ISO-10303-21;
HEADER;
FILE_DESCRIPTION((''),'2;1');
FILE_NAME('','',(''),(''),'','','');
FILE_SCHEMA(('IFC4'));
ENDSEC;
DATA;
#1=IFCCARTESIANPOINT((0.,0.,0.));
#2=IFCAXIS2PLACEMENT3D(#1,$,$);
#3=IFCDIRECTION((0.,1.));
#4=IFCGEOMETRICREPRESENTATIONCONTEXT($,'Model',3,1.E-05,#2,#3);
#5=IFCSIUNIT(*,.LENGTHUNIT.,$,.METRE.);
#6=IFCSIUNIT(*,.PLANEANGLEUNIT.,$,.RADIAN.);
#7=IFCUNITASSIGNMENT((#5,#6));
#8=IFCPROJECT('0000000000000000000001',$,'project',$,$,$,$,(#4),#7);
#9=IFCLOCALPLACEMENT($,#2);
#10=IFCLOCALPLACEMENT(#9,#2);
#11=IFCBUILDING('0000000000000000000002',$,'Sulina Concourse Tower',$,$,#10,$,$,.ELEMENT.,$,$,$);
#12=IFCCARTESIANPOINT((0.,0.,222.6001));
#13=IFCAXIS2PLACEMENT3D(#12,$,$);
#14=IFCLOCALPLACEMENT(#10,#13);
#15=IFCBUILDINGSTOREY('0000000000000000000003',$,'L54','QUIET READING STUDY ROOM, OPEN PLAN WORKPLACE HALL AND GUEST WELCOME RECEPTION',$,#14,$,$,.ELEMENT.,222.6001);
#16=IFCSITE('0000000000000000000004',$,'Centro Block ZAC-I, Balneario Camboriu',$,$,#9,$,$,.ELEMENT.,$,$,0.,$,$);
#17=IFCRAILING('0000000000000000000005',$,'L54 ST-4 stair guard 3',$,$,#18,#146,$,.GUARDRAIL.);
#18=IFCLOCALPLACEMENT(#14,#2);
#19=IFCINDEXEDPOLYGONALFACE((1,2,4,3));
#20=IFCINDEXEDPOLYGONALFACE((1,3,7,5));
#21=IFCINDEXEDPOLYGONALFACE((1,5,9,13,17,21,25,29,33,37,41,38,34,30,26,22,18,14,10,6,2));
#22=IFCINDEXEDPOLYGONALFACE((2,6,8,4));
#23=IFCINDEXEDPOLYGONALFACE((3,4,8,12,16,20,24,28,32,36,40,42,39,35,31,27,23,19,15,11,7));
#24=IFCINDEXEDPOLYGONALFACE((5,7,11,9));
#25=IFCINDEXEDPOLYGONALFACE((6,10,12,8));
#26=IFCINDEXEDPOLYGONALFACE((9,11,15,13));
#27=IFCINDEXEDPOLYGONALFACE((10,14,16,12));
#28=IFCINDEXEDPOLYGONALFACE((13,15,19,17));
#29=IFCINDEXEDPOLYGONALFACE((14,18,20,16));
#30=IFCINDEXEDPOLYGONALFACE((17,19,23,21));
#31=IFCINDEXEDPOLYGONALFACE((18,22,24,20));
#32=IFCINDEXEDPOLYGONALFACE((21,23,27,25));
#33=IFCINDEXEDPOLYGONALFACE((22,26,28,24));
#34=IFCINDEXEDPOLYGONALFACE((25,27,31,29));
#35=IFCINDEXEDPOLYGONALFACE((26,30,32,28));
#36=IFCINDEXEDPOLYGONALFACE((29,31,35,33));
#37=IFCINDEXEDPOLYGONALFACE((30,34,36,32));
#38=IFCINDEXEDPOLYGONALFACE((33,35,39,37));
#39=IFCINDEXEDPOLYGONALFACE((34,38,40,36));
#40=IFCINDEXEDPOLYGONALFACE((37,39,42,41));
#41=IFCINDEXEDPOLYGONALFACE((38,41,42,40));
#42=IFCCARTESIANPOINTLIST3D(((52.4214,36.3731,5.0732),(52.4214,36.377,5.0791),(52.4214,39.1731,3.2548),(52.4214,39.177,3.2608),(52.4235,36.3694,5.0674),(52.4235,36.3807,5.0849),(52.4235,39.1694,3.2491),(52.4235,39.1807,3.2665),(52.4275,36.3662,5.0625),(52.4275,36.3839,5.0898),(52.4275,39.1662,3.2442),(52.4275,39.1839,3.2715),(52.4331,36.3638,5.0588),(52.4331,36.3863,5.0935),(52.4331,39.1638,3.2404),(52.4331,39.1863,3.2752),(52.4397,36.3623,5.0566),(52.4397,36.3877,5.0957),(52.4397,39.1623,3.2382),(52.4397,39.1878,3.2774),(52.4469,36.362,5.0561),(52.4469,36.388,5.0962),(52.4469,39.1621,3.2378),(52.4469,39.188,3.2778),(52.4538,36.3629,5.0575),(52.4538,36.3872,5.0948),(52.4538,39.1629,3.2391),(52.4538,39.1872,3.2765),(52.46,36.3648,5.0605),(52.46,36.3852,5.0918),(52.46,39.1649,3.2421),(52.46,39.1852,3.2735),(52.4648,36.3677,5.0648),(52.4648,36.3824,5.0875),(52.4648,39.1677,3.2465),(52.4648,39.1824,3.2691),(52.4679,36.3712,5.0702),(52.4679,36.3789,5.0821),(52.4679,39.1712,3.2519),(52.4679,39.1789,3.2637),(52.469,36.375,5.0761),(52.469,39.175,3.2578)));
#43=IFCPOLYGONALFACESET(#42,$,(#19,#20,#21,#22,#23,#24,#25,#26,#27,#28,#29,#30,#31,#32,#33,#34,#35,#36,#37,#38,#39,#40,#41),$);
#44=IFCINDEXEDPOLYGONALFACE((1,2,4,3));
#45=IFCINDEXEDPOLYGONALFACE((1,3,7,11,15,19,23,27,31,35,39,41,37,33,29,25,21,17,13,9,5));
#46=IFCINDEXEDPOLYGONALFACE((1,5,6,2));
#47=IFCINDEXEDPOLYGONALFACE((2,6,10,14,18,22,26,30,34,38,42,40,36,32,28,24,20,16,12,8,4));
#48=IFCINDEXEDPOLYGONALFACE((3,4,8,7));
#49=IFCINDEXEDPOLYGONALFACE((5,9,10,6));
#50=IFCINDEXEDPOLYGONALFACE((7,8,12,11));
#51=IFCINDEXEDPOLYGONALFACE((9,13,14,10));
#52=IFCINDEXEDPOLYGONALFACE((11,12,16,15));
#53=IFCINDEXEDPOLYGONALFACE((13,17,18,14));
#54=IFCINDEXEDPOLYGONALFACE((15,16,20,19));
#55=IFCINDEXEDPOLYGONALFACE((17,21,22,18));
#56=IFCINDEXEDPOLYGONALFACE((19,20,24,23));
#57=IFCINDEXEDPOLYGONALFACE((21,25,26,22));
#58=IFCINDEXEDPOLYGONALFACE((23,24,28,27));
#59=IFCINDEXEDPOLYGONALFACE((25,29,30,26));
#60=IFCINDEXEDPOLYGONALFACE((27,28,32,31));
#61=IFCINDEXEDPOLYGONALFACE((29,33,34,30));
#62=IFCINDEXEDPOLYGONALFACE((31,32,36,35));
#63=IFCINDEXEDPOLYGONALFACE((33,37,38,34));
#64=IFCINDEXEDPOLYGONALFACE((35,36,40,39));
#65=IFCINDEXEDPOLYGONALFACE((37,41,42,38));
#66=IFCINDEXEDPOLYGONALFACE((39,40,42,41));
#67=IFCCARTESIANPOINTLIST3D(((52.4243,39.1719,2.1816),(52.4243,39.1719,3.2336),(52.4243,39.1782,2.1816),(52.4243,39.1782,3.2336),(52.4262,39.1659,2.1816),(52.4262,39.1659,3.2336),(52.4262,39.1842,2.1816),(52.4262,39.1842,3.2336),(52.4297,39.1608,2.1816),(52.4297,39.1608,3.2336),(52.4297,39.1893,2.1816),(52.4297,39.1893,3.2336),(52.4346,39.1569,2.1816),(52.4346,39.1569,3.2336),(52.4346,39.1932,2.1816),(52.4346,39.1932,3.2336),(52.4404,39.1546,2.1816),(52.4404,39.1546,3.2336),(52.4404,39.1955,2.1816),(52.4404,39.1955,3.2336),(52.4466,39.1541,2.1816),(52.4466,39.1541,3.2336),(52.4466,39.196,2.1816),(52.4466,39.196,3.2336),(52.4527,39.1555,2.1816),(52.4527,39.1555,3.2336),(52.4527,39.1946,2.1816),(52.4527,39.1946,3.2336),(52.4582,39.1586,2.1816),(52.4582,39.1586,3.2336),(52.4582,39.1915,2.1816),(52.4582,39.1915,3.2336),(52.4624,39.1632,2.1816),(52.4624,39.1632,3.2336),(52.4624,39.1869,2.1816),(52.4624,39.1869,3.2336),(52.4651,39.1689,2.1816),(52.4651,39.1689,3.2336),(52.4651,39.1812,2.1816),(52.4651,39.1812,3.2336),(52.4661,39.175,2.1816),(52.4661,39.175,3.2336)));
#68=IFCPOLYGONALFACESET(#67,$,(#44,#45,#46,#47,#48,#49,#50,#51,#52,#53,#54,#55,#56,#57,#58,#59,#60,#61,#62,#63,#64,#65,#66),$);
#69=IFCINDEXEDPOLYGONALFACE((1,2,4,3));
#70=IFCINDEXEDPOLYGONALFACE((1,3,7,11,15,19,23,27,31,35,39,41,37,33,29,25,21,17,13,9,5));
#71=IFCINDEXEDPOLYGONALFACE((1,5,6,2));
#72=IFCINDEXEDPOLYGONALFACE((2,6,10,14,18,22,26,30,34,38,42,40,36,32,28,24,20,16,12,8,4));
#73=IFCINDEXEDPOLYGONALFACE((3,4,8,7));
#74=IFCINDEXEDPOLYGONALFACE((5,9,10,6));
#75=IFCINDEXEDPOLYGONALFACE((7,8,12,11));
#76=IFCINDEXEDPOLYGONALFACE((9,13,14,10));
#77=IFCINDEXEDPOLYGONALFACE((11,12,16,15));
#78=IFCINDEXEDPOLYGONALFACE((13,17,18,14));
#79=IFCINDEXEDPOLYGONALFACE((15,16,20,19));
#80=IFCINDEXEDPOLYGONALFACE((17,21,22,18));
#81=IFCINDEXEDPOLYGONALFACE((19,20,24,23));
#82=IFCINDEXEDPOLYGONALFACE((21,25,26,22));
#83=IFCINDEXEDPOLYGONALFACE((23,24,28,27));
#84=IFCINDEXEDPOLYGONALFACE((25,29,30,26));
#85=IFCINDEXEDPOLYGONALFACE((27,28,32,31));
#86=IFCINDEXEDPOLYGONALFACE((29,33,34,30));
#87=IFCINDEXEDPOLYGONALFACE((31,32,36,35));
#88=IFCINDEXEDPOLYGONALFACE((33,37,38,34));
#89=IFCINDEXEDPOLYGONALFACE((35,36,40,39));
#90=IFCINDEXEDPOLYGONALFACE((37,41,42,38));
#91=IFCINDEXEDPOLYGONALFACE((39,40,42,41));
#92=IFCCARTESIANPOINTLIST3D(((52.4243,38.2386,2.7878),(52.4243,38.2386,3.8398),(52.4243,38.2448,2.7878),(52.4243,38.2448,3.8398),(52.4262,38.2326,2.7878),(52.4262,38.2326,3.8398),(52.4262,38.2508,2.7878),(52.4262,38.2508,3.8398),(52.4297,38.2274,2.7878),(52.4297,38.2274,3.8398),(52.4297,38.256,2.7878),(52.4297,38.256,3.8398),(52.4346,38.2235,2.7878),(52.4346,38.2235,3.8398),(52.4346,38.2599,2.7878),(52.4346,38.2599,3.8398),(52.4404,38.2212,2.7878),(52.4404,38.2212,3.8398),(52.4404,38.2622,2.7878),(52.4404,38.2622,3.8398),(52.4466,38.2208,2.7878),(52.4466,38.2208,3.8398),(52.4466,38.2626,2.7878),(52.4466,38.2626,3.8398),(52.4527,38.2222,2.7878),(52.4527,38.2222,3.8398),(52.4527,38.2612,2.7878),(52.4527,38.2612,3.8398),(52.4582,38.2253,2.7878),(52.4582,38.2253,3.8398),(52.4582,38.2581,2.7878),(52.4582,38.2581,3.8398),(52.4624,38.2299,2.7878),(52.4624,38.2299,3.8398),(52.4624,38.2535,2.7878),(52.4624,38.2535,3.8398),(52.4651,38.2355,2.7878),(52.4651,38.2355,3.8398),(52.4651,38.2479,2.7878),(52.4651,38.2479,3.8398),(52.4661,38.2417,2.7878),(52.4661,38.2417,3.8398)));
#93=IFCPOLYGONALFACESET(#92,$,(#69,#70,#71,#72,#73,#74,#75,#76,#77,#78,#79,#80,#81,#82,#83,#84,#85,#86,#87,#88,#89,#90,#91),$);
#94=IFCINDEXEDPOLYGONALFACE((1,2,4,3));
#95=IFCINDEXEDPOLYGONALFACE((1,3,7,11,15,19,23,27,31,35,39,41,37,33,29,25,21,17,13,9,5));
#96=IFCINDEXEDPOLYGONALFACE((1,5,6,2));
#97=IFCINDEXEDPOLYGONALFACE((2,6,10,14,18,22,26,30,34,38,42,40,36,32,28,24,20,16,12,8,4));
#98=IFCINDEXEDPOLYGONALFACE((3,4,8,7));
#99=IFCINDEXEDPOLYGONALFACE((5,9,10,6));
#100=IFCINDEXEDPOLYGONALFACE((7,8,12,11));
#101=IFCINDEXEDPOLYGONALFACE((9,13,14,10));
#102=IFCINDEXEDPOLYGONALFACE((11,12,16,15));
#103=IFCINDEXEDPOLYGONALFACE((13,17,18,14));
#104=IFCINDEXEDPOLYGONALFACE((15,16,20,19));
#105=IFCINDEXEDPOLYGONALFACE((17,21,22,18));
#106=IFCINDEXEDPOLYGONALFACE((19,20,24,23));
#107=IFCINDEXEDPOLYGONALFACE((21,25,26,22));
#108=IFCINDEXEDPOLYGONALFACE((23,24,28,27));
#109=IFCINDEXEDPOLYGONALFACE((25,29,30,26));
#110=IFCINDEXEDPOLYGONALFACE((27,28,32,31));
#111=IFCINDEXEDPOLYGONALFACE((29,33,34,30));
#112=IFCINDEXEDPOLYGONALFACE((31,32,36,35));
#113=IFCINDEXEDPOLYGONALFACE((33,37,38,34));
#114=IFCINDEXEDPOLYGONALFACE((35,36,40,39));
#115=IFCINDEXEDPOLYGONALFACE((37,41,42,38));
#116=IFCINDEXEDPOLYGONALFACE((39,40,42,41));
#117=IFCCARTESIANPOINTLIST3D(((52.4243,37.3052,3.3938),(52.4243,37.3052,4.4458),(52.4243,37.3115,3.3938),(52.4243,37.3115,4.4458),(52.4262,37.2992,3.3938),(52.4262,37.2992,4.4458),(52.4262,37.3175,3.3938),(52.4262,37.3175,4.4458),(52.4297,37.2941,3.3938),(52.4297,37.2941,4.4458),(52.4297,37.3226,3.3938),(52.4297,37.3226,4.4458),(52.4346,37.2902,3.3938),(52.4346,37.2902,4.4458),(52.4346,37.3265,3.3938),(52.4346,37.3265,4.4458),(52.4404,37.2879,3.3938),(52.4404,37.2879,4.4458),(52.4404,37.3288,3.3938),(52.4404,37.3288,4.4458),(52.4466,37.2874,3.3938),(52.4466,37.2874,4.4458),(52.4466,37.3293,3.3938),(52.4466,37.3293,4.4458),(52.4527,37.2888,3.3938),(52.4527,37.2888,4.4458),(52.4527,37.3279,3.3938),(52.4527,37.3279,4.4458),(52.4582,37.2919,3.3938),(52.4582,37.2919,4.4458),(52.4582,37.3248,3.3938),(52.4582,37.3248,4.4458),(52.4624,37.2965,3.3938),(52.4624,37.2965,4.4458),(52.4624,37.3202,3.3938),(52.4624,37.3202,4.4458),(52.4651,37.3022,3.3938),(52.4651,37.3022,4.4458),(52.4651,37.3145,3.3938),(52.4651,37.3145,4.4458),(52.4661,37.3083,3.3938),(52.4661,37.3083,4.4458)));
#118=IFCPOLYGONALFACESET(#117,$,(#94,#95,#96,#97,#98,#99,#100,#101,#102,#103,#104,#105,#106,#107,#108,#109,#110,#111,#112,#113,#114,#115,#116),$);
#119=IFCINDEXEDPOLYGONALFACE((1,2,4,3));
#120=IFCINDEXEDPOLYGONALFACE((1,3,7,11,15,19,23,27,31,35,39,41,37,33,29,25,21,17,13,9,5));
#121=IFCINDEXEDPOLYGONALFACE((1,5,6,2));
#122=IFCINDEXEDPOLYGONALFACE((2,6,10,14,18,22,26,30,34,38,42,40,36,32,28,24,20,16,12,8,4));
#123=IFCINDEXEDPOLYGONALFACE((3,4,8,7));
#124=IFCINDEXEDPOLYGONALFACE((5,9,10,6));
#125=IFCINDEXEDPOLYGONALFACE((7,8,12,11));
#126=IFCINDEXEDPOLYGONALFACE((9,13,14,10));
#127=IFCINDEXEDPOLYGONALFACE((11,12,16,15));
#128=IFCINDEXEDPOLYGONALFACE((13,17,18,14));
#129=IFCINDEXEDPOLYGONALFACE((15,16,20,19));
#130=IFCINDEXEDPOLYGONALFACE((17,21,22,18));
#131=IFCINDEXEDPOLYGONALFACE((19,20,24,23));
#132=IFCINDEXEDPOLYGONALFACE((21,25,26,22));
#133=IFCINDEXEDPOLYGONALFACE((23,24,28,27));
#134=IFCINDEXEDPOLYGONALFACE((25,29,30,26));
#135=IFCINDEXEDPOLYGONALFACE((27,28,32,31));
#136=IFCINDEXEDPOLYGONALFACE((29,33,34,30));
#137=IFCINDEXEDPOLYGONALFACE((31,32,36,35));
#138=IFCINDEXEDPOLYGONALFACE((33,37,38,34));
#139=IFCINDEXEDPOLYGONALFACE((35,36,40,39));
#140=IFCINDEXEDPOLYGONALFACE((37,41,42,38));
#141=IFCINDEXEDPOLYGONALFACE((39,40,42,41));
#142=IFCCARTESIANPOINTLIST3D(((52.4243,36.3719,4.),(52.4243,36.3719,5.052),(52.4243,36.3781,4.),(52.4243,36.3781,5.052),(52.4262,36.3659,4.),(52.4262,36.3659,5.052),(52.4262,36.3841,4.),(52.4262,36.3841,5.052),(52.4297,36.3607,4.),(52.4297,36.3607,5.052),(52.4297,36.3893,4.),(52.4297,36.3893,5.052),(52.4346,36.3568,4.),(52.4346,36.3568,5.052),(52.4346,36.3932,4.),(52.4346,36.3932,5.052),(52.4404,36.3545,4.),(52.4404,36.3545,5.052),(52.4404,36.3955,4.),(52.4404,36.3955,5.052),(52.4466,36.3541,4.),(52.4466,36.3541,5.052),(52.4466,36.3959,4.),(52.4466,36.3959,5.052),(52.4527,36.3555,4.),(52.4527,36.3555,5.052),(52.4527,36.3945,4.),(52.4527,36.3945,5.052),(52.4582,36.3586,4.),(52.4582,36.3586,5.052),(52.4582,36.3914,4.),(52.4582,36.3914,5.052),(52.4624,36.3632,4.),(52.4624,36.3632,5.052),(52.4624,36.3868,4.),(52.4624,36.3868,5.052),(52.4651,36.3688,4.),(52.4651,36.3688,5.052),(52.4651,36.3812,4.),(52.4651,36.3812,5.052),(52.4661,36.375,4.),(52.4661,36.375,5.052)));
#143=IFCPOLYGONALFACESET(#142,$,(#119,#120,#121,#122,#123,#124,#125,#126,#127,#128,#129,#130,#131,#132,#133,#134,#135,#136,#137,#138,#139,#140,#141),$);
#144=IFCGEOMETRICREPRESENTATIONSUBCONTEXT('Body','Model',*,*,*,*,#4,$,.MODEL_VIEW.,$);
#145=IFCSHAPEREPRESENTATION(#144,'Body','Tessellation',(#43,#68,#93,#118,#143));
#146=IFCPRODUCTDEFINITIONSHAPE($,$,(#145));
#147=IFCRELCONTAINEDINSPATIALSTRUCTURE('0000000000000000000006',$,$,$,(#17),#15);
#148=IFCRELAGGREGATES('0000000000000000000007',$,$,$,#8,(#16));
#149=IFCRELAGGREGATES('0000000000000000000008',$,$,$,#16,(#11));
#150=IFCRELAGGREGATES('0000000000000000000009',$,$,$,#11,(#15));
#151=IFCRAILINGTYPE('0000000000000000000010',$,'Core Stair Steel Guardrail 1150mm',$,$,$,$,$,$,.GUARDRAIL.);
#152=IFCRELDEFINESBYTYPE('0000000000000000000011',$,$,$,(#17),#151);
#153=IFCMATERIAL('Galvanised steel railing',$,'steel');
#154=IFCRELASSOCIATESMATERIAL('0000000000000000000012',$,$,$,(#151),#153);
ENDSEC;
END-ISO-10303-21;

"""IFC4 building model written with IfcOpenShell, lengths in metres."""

from ifc_helpers import new_model, si_unit, direction, frame, origin, origin_2d, place, context, subcontext, project, spatial, circle, extrude, material, type_object, element, save


model = new_model("IFC4")

# Units and contexts
model_context = context("Model", 3, precision=1e-05, world=origin(), true_north=direction((0.0, 1.0)))
body_context = subcontext(model_context, "Body", "Model", "MODEL_VIEW")
ifc_project = project(units=[si_unit("LENGTHUNIT", "METRE"), si_unit("PLANEANGLEUNIT", "RADIAN")], contexts=[model_context])

# Site, building, storey
site_placement = place(None, origin())
site = spatial("IfcSite", under=ifc_project, at=site_placement, Name="Centro Block ZAC-I, Balneario Camboriu", CompositionType="ELEMENT", RefElevation=0.0)
building_placement = place(site_placement, origin())
building = spatial("IfcBuilding", under=site, at=building_placement, Name="Sulina Concourse Tower", CompositionType="ELEMENT")
storey_placement = place(building_placement, frame((0.0, 0.0, 222.6001)))
storey = spatial("IfcBuildingStorey", under=building, at=storey_placement, Name="L54", Description="QUIET READING STUDY ROOM, OPEN PLAN WORKPLACE HALL AND GUEST WELCOME RECEPTION", CompositionType="ELEMENT", Elevation=222.6001)

# Railing
ifc_material_1 = material(Name="Galvanised steel railing", Category="steel")
railing_type_1 = type_object("IfcRailingType", Name="Core Stair Steel Guardrail 1150mm", PredefinedType="GUARDRAIL", material=ifc_material_1)
railing_1_placement = place(storey_placement, frame((52.4451, 39.175, 2.1816)))
element("IfcRailing", 1, at=railing_1_placement, inside=storey, type_object=railing_type_1, Name="L54 ST-4 stair guard 3", PredefinedType="GUARDRAIL", context=body_context, shape_type="SweptSolid", body=[
    extrude(circle(Radius=0.0239, at=origin_2d()), frame((0.0, 0.0, 1.0762), z_axis=(0.0, -0.838672, 0.544636), x_axis=(1.0, 0.0, 0.0)), (0.0, 0.0, 1.0), 3.3386),
    extrude(circle(Radius=0.021, at=origin_2d()), origin(), (0.0, 0.0, 1.0), 1.052),
    extrude(circle(Radius=0.021, at=origin_2d()), frame((0.0, -0.9333, 0.6062)), (0.0, 0.0, 1.0), 1.052),
    extrude(circle(Radius=0.021, at=origin_2d()), frame((0.0, -1.8667, 1.2122)), (0.0, 0.0, 1.0), 1.052),
    extrude(circle(Radius=0.021, at=origin_2d()), frame((0.0, -2.8, 1.8184)), (0.0, 0.0, 1.0), 1.052),
])

save(model, "model.ifc")
